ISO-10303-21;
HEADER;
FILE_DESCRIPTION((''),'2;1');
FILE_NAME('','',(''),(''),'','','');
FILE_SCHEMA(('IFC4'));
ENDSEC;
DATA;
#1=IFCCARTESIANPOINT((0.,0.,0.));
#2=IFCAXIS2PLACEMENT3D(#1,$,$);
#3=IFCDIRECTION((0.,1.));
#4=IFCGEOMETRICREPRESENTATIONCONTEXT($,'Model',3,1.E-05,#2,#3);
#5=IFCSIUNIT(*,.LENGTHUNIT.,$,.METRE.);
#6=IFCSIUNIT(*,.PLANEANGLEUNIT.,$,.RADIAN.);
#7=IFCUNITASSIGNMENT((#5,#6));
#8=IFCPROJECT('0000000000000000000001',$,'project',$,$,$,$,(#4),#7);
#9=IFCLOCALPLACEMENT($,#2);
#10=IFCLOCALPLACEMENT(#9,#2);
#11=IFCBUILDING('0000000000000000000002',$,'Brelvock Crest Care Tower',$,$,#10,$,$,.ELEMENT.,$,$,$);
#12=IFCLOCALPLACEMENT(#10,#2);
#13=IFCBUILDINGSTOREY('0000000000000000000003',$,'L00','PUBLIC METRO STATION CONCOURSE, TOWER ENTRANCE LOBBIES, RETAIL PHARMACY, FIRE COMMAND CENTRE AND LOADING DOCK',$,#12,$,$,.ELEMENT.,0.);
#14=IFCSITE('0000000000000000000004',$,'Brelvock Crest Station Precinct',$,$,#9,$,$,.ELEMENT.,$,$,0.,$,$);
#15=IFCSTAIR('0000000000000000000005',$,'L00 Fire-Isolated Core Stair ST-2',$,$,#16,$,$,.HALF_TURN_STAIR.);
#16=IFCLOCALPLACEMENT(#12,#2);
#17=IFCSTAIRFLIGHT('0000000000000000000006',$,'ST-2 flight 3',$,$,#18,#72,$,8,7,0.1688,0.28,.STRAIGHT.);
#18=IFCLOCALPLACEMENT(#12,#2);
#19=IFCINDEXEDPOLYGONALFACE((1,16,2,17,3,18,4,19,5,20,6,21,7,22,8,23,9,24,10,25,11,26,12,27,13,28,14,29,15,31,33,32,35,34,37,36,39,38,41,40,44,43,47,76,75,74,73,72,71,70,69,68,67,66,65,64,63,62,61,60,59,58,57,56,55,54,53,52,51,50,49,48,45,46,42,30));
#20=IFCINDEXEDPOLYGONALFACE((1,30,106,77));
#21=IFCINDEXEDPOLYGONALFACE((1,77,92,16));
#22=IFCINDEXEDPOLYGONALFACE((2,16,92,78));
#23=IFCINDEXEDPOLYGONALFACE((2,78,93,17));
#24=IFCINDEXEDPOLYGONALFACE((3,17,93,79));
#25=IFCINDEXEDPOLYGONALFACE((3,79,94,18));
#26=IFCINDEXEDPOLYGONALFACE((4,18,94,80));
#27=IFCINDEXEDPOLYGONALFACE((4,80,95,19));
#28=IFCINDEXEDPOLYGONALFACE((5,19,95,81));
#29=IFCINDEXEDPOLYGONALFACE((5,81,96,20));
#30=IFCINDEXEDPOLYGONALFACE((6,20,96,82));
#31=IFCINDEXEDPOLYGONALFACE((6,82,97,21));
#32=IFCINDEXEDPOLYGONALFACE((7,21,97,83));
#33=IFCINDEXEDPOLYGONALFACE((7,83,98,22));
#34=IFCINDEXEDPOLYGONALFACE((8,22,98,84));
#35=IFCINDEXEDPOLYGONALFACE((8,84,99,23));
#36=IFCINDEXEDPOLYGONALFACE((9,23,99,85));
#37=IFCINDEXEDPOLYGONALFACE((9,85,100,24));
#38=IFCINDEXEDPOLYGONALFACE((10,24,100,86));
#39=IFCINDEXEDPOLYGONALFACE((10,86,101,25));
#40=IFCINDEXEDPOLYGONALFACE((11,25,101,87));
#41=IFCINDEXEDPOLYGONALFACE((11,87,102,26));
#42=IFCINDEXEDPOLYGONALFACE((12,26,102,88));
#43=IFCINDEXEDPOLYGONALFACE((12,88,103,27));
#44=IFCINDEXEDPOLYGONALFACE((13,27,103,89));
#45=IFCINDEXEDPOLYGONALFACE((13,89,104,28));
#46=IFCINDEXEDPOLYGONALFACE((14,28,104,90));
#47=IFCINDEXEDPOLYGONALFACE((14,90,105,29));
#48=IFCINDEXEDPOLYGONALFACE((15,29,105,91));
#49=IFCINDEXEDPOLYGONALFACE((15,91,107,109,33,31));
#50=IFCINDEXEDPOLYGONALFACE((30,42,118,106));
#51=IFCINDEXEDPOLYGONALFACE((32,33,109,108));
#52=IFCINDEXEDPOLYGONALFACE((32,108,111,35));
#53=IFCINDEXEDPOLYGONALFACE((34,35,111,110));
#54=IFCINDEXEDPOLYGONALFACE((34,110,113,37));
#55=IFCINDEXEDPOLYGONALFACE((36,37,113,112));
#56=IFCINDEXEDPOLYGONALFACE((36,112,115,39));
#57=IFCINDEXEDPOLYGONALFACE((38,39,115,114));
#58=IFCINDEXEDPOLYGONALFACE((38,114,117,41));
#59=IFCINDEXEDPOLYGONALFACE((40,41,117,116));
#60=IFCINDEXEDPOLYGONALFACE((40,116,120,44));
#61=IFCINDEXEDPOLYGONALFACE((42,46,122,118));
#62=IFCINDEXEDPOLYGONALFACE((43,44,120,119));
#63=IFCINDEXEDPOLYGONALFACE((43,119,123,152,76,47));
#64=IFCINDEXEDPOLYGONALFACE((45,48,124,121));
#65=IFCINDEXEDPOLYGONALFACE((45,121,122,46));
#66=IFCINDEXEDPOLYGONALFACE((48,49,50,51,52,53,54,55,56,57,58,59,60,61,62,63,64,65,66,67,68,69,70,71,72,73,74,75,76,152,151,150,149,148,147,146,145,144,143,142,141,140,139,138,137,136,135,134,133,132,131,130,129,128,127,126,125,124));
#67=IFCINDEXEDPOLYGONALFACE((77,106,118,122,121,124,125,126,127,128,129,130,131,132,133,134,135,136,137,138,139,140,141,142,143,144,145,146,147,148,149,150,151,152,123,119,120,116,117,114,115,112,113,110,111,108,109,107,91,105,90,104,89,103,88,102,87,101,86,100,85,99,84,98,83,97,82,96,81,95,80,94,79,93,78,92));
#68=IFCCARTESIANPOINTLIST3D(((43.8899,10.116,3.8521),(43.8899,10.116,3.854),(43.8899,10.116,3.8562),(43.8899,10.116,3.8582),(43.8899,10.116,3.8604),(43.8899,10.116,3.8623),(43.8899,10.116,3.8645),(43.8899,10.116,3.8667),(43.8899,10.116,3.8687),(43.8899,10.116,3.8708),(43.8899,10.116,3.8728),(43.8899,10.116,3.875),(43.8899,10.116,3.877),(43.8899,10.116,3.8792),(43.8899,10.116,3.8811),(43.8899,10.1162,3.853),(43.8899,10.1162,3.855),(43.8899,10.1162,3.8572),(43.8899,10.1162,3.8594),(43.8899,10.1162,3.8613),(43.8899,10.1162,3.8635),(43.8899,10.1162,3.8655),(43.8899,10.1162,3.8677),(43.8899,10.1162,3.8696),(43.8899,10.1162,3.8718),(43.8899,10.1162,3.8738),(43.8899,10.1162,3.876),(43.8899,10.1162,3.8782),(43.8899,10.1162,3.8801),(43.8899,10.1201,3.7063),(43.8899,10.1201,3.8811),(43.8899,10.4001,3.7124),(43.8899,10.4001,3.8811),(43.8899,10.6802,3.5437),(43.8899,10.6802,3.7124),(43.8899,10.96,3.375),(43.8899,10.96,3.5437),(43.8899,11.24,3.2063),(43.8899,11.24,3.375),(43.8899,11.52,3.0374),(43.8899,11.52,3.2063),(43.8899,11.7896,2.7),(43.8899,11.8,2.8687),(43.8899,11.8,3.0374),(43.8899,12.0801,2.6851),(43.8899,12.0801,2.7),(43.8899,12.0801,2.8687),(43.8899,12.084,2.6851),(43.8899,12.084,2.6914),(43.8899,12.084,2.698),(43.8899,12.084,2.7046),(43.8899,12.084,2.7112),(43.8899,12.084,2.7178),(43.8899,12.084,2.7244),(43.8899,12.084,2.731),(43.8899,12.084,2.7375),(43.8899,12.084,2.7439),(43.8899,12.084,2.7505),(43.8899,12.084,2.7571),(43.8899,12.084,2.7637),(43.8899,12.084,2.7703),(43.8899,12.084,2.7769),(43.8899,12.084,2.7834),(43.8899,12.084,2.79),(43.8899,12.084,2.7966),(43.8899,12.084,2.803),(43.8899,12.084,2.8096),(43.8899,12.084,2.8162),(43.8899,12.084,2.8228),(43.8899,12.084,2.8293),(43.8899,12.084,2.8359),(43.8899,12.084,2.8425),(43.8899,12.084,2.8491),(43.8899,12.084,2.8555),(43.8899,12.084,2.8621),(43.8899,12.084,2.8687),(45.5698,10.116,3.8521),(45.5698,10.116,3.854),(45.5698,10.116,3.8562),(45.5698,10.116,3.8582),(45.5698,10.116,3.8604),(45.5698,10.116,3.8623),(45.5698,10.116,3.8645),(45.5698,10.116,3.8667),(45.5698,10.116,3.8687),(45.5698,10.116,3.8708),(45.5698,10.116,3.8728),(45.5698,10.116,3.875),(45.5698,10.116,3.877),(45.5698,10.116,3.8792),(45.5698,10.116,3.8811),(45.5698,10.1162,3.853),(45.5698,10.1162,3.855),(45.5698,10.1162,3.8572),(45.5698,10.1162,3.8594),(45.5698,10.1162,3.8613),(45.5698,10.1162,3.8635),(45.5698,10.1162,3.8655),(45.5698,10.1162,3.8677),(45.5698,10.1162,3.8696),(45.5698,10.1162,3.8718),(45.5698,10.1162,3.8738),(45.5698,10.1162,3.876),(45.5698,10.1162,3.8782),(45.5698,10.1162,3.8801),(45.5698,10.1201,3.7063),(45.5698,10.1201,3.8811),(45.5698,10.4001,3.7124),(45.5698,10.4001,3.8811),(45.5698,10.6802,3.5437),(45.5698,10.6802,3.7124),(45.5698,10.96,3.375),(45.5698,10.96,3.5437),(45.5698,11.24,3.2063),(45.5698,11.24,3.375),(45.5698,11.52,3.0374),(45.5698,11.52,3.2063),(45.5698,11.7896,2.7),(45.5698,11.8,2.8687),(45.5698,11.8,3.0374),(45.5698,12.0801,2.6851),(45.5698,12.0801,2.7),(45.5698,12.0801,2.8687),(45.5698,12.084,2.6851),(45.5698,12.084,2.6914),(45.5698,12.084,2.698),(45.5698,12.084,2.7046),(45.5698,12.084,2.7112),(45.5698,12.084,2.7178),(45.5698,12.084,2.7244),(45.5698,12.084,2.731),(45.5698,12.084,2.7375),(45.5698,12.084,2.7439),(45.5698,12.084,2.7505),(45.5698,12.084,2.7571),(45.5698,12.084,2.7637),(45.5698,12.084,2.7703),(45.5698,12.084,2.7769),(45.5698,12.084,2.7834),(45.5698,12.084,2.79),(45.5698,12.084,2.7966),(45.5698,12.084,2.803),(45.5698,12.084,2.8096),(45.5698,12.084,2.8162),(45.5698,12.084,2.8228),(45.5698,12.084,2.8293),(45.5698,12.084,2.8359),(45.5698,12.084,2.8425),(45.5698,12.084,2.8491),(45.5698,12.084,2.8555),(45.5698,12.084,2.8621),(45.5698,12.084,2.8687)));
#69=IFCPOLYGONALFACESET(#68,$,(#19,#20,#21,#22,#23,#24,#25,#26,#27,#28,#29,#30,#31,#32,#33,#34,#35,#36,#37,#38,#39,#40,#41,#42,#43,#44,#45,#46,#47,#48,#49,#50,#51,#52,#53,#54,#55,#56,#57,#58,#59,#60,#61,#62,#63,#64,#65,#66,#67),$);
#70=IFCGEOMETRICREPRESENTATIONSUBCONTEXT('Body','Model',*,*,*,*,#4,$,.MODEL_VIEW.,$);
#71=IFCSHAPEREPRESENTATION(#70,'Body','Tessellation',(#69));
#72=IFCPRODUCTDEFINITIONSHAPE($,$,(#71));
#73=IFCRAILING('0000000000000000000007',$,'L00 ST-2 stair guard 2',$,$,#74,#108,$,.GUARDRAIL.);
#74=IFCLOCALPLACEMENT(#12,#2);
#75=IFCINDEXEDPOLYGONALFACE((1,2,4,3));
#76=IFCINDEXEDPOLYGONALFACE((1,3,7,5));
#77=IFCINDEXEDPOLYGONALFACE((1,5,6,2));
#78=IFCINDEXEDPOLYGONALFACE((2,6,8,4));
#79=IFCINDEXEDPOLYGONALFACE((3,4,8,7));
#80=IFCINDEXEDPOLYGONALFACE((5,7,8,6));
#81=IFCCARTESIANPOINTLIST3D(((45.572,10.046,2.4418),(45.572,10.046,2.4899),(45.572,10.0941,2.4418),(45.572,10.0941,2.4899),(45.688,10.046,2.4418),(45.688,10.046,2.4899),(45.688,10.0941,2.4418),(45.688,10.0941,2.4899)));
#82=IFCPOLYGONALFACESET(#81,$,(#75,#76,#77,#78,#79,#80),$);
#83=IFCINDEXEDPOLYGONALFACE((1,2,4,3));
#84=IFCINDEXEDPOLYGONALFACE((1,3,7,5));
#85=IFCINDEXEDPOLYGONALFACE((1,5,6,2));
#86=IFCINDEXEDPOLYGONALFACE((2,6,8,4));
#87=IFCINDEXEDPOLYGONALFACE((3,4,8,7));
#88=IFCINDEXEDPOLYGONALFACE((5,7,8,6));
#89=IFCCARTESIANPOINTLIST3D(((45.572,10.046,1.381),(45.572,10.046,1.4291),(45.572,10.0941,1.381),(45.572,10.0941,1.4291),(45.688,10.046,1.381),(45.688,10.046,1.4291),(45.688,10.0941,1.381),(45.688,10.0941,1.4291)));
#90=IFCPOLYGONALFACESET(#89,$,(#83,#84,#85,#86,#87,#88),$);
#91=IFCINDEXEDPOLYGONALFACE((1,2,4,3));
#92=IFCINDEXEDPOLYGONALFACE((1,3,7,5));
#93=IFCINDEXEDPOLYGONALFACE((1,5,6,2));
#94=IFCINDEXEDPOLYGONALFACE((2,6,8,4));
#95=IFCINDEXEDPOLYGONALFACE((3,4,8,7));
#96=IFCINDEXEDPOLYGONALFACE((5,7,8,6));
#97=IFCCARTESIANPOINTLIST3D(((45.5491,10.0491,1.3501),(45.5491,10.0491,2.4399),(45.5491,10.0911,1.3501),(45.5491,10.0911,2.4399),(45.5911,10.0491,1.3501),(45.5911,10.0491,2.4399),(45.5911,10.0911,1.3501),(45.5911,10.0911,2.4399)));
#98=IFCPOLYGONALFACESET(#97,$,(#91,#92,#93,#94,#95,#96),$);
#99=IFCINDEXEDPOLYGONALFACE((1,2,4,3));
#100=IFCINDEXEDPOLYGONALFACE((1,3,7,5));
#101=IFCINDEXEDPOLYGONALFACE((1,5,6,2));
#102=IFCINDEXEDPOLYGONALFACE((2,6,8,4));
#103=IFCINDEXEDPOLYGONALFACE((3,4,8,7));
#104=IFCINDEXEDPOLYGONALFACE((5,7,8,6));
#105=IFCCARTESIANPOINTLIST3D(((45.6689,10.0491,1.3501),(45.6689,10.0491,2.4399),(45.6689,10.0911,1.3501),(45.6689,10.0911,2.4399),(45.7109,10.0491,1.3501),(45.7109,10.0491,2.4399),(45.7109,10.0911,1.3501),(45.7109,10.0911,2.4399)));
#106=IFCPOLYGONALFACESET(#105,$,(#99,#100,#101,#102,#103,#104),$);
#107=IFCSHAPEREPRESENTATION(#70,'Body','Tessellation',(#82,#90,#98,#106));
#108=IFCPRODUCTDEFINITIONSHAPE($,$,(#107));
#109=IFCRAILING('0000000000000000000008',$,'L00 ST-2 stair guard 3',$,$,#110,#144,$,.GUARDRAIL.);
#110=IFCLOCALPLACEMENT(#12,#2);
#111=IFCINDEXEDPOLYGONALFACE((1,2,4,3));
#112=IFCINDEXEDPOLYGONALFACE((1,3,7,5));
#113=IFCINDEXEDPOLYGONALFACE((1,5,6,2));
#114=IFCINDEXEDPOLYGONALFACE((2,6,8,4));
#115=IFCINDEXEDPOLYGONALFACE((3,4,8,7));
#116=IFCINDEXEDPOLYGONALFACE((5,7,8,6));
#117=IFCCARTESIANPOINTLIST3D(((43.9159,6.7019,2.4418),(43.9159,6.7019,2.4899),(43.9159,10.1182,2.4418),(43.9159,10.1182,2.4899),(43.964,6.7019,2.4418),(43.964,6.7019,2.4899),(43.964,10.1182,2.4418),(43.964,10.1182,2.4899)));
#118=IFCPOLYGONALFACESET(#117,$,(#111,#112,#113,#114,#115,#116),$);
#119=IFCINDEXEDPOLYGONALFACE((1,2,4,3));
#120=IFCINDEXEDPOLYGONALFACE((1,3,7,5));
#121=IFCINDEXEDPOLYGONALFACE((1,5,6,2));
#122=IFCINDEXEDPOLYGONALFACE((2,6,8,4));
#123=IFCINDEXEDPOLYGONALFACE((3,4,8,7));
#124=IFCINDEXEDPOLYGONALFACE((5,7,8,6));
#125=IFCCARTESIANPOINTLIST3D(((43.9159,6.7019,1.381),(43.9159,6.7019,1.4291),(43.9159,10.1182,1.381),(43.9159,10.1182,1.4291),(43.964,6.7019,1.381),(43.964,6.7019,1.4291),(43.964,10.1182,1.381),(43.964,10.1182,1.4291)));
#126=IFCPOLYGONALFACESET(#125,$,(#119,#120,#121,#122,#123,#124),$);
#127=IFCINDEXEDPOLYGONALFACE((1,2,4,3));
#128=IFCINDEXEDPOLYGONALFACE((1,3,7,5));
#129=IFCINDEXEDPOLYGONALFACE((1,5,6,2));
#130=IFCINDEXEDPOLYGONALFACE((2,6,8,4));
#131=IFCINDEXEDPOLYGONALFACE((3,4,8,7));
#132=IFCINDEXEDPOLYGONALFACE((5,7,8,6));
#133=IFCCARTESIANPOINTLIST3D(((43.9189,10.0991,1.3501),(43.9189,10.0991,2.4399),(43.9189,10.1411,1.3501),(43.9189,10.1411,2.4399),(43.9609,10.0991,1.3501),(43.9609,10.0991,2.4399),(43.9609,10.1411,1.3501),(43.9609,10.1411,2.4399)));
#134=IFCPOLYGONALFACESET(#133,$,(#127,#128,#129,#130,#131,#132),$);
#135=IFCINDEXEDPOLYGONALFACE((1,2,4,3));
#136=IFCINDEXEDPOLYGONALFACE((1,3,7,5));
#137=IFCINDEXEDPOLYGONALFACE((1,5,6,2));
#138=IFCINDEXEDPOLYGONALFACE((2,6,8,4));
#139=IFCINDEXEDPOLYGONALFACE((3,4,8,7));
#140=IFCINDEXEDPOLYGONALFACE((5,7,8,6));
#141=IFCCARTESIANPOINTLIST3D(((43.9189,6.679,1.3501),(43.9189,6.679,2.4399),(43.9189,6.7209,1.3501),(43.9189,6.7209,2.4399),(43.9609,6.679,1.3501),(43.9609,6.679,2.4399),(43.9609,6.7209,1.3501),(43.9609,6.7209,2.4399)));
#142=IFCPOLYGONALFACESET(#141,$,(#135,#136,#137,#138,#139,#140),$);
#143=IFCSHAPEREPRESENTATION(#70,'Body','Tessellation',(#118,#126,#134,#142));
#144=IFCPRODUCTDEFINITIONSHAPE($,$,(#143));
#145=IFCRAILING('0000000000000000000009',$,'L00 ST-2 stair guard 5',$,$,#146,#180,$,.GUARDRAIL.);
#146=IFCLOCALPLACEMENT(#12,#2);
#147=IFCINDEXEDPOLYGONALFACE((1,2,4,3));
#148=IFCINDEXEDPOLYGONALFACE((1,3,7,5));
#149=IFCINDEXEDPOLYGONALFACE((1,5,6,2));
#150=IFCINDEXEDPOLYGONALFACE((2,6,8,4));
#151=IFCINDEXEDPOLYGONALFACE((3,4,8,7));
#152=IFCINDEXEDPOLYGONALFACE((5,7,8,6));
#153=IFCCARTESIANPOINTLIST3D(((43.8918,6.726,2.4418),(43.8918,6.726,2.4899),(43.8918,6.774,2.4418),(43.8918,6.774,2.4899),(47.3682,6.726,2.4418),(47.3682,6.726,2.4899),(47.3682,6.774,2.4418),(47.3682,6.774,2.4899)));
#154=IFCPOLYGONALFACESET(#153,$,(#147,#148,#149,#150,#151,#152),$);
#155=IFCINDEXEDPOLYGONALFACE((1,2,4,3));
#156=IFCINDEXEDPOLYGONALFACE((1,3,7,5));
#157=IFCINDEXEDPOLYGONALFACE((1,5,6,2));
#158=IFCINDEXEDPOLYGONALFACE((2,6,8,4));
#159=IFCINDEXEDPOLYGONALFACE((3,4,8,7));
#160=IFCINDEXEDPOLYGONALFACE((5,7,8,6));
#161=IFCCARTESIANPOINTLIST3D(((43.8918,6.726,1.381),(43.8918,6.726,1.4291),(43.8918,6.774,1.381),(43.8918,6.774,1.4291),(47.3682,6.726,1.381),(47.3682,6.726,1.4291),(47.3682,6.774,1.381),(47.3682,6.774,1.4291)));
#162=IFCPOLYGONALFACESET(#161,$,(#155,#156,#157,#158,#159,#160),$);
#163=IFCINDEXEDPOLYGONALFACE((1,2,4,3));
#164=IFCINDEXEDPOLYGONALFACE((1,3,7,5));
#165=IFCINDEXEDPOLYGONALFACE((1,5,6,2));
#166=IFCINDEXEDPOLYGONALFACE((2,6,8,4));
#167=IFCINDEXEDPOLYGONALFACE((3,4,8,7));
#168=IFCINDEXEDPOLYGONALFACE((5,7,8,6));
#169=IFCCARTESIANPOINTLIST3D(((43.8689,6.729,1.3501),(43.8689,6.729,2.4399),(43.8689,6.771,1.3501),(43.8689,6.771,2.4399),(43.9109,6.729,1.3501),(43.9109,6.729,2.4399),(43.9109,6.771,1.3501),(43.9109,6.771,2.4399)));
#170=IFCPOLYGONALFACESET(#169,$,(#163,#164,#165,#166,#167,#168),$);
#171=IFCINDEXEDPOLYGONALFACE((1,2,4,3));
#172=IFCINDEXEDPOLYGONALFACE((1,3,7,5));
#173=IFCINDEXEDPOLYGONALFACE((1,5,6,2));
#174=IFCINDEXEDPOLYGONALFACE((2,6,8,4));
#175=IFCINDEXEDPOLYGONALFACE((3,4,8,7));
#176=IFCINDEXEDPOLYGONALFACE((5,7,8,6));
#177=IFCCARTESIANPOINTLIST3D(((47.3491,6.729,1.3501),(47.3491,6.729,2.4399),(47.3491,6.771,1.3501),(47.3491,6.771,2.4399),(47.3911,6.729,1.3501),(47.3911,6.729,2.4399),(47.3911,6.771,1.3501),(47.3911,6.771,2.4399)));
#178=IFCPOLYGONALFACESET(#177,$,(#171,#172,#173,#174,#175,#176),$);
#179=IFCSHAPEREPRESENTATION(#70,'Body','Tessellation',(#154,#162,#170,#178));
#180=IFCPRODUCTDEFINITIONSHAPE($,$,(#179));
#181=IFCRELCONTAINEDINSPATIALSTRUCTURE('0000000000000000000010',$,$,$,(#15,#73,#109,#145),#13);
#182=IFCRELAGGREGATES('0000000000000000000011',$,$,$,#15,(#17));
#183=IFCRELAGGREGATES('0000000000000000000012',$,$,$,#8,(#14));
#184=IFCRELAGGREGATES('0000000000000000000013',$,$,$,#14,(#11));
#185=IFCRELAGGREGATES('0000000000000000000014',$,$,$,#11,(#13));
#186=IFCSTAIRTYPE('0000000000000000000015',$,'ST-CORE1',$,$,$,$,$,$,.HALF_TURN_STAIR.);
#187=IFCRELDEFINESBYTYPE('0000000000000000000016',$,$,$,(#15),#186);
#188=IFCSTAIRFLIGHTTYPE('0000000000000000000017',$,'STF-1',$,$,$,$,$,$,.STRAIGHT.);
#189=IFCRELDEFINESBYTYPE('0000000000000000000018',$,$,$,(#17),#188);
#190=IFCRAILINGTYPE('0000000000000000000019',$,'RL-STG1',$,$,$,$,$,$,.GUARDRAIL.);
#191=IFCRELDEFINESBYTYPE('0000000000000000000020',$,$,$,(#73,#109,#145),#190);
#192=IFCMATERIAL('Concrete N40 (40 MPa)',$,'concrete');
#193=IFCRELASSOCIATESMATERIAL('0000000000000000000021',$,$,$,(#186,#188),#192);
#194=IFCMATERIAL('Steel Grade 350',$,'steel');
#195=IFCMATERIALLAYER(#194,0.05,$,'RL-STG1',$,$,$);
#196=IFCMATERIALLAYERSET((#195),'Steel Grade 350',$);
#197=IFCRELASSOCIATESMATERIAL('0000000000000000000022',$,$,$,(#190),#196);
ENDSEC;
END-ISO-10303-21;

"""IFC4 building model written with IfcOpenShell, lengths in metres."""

from ifc_helpers import new_model, si_unit, direction, frame, origin, origin_2d, place, context, subcontext, project, spatial, polyline, rectangle, outline, extrude, material, layer, layer_set, type_object, element, aggregate, save


model = new_model("IFC4")

# Units and contexts
model_context = context("Model", 3, precision=1e-05, world=origin(), true_north=direction((0.0, 1.0)))
body_context = subcontext(model_context, "Body", "Model", "MODEL_VIEW")
ifc_project = project(units=[si_unit("LENGTHUNIT", "METRE"), si_unit("PLANEANGLEUNIT", "RADIAN")], contexts=[model_context])

# Site, building, storey
site_placement = place(None, origin())
site = spatial("IfcSite", under=ifc_project, at=site_placement, Name="Brelvock Crest Station Precinct", CompositionType="ELEMENT", RefElevation=0.0)
building_placement = place(site_placement, origin())
building = spatial("IfcBuilding", under=site, at=building_placement, Name="Brelvock Crest Care Tower", CompositionType="ELEMENT")
storey_placement = place(building_placement, origin())
storey = spatial("IfcBuildingStorey", under=building, at=storey_placement, Name="L00", Description="PUBLIC METRO STATION CONCOURSE, TOWER ENTRANCE LOBBIES, RETAIL PHARMACY, FIRE COMMAND CENTRE AND LOADING DOCK", CompositionType="ELEMENT", Elevation=0.0)

# Shared definitions
ifc_material_1 = material(Name="Steel Grade 350", Category="steel")

# Stair, stair flight
ifc_material_2 = material(Name="Concrete N40 (40 MPa)", Category="concrete")
stair_type = type_object("IfcStairType", Name="ST-CORE1", PredefinedType="HALF_TURN_STAIR", material=ifc_material_2)
stair_placement = place(storey_placement, origin())
stair = element("IfcStair", 1, at=stair_placement, inside=storey, type_object=stair_type, Name="L00 Fire-Isolated Core Stair ST-2", PredefinedType="HALF_TURN_STAIR")
stair_flight_type = type_object("IfcStairFlightType", Name="STF-1", PredefinedType="STRAIGHT", material=ifc_material_2)
stair_flight_1_placement = place(storey_placement, frame((44.73, 12.0801, 2.7), z_axis=(0.0, 0.0, 1.0), x_axis=(0.0, -1.0, 0.0)))
stair_flight_1 = element("IfcStairFlight", 2, at=stair_flight_1_placement, type_object=stair_flight_type, Name="ST-2 flight 3", NumberOfRisers=8, NumberOfTreads=7, PredefinedType="STRAIGHT", RiserHeight=0.1688, TreadLength=0.28, context=body_context, shape_type="SweptSolid", body=[
    extrude(outline(polyline([(-0.0039, -0.0149), (-0.0039, -0.0085), (-0.0039, -0.002), (-0.0039, 0.0046), (-0.0039, 0.0112), (-0.0039, 0.0178), (-0.0039, 0.0244), (-0.0039, 0.031), (-0.0039, 0.0376), (-0.0039, 0.0439), (-0.0039, 0.0505), (-0.0039, 0.0571), (-0.0039, 0.0637), (-0.0039, 0.0703), (-0.0039, 0.0769), (-0.0039, 0.0835), (-0.0039, 0.0901), (-0.0039, 0.0967), (-0.0039, 0.103), (-0.0039, 0.1096), (-0.0039, 0.1162), (-0.0039, 0.1228), (-0.0039, 0.1294), (-0.0039, 0.136), (-0.0039, 0.1426), (-0.0039, 0.1492), (-0.0039, 0.1555), (-0.0039, 0.1621), (-0.0039, 0.1687), (0.0, 0.1687), (0.28, 0.1687), (0.28, 0.3374), (0.5601, 0.3374), (0.5601, 0.5063), (0.8401, 0.5063), (0.8401, 0.675), (1.1201, 0.675), (1.1201, 0.8438), (1.3999, 0.8438), (1.3999, 1.0125), (1.6799, 1.0125), (1.6799, 1.1812), (1.96, 1.1812), (1.9641, 1.1812), (1.9639, 1.1802), (1.9641, 1.1792), (1.9639, 1.1782), (1.9641, 1.177), (1.9639, 1.176), (1.9641, 1.175), (1.9639, 1.1738), (1.9641, 1.1729), (1.9639, 1.1719), (1.9641, 1.1709), (1.9639, 1.1697), (1.9641, 1.1687), (1.9639, 1.1677), (1.9641, 1.1667), (1.9639, 1.1655), (1.9641, 1.1646), (1.9639, 1.1636), (1.9641, 1.1624), (1.9639, 1.1614), (1.9641, 1.1604), (1.9639, 1.1594), (1.9641, 1.1582), (1.9639, 1.1572), (1.9641, 1.1562), (1.9639, 1.155), (1.9641, 1.1541), (1.9639, 1.1531), (1.9641, 1.1521), (1.96, 1.0063), (0.2905, 0.0), (0.0, 0.0), (0.0, -0.0149), (-0.0039, -0.0149)])), frame((0.0, 0.8398, 0.0), z_axis=(0.0, -1.0, 0.0), x_axis=(1.0, 0.0, 0.0)), (0.0, 0.0, 1.0), 1.6799),
])
aggregate(stair, [stair_flight_1])

# Railings
ifc_layer_1 = layer(ifc_material_1, 0.05, Name="RL-STG1")
ifc_layer_set_1 = layer_set([ifc_layer_1], Name="Steel Grade 350")
railing_type_1 = type_object("IfcRailingType", Name="RL-STG1", PredefinedType="GUARDRAIL", material=ifc_layer_set_1)
railing_1_placement = place(storey_placement, frame((45.5701, 10.0701, 1.3501)))
element("IfcRailing", 3, at=railing_1_placement, inside=storey, type_object=railing_type_1, Name="L00 ST-2 stair guard 2", PredefinedType="GUARDRAIL", context=body_context, shape_type="SweptSolid", body=[
    extrude(rectangle(XDim=0.0481, YDim=0.0481, at=origin_2d()), frame((0.002, 0.0, 1.1157), z_axis=(1.0, 0.0, 0.0), x_axis=(0.0, 1.0, 0.0)), (0.0, 0.0, 1.0), 0.116),
    extrude(rectangle(XDim=0.0481, YDim=0.0481, at=origin_2d()), frame((0.002, 0.0, 0.0549), z_axis=(1.0, 0.0, 0.0), x_axis=(0.0, 1.0, 0.0)), (0.0, 0.0, 1.0), 0.116),
    extrude(rectangle(XDim=0.042, YDim=0.042, at=origin_2d()), origin(), (0.0, 0.0, 1.0), 1.0898),
    extrude(rectangle(XDim=0.042, YDim=0.042, at=origin_2d()), frame((0.1199, 0.0, 0.0)), (0.0, 0.0, 1.0), 1.0898),
])
railing_2_placement = place(storey_placement, frame((43.9399, 10.1201, 1.3501)))
element("IfcRailing", 4, at=railing_2_placement, inside=storey, type_object=railing_type_1, Name="L00 ST-2 stair guard 3", PredefinedType="GUARDRAIL", context=body_context, shape_type="SweptSolid", body=[
    extrude(rectangle(XDim=0.0481, YDim=0.0481, at=origin_2d()), frame((0.0, -0.002, 1.1157), z_axis=(0.0, -1.0, 0.0), x_axis=(1.0, 0.0, 0.0)), (0.0, 0.0, 1.0), 3.4163),
    extrude(rectangle(XDim=0.0481, YDim=0.0481, at=origin_2d()), frame((0.0, -0.002, 0.0549), z_axis=(0.0, -1.0, 0.0), x_axis=(1.0, 0.0, 0.0)), (0.0, 0.0, 1.0), 3.4163),
    extrude(rectangle(XDim=0.042, YDim=0.042, at=origin_2d()), origin(), (0.0, 0.0, 1.0), 1.0898),
    extrude(rectangle(XDim=0.042, YDim=0.042, at=origin_2d()), frame((0.0, -3.4202, 0.0)), (0.0, 0.0, 1.0), 1.0898),
])
railing_3_placement = place(storey_placement, frame((43.8899, 6.75, 1.3501)))
element("IfcRailing", 5, at=railing_3_placement, inside=storey, type_object=railing_type_1, Name="L00 ST-2 stair guard 5", PredefinedType="GUARDRAIL", context=body_context, shape_type="SweptSolid", body=[
    extrude(rectangle(XDim=0.0481, YDim=0.0481, at=origin_2d()), frame((0.002, 0.0, 1.1157), z_axis=(1.0, 0.0, 0.0), x_axis=(0.0, 1.0, 0.0)), (0.0, 0.0, 1.0), 3.4763),
    extrude(rectangle(XDim=0.0481, YDim=0.0481, at=origin_2d()), frame((0.002, 0.0, 0.0549), z_axis=(1.0, 0.0, 0.0), x_axis=(0.0, 1.0, 0.0)), (0.0, 0.0, 1.0), 3.4763),
    extrude(rectangle(XDim=0.042, YDim=0.042, at=origin_2d()), origin(), (0.0, 0.0, 1.0), 1.0898),
    extrude(rectangle(XDim=0.042, YDim=0.042, at=origin_2d()), frame((3.4802, 0.0, 0.0)), (0.0, 0.0, 1.0), 1.0898),
])

save(model, "model.ifc")
